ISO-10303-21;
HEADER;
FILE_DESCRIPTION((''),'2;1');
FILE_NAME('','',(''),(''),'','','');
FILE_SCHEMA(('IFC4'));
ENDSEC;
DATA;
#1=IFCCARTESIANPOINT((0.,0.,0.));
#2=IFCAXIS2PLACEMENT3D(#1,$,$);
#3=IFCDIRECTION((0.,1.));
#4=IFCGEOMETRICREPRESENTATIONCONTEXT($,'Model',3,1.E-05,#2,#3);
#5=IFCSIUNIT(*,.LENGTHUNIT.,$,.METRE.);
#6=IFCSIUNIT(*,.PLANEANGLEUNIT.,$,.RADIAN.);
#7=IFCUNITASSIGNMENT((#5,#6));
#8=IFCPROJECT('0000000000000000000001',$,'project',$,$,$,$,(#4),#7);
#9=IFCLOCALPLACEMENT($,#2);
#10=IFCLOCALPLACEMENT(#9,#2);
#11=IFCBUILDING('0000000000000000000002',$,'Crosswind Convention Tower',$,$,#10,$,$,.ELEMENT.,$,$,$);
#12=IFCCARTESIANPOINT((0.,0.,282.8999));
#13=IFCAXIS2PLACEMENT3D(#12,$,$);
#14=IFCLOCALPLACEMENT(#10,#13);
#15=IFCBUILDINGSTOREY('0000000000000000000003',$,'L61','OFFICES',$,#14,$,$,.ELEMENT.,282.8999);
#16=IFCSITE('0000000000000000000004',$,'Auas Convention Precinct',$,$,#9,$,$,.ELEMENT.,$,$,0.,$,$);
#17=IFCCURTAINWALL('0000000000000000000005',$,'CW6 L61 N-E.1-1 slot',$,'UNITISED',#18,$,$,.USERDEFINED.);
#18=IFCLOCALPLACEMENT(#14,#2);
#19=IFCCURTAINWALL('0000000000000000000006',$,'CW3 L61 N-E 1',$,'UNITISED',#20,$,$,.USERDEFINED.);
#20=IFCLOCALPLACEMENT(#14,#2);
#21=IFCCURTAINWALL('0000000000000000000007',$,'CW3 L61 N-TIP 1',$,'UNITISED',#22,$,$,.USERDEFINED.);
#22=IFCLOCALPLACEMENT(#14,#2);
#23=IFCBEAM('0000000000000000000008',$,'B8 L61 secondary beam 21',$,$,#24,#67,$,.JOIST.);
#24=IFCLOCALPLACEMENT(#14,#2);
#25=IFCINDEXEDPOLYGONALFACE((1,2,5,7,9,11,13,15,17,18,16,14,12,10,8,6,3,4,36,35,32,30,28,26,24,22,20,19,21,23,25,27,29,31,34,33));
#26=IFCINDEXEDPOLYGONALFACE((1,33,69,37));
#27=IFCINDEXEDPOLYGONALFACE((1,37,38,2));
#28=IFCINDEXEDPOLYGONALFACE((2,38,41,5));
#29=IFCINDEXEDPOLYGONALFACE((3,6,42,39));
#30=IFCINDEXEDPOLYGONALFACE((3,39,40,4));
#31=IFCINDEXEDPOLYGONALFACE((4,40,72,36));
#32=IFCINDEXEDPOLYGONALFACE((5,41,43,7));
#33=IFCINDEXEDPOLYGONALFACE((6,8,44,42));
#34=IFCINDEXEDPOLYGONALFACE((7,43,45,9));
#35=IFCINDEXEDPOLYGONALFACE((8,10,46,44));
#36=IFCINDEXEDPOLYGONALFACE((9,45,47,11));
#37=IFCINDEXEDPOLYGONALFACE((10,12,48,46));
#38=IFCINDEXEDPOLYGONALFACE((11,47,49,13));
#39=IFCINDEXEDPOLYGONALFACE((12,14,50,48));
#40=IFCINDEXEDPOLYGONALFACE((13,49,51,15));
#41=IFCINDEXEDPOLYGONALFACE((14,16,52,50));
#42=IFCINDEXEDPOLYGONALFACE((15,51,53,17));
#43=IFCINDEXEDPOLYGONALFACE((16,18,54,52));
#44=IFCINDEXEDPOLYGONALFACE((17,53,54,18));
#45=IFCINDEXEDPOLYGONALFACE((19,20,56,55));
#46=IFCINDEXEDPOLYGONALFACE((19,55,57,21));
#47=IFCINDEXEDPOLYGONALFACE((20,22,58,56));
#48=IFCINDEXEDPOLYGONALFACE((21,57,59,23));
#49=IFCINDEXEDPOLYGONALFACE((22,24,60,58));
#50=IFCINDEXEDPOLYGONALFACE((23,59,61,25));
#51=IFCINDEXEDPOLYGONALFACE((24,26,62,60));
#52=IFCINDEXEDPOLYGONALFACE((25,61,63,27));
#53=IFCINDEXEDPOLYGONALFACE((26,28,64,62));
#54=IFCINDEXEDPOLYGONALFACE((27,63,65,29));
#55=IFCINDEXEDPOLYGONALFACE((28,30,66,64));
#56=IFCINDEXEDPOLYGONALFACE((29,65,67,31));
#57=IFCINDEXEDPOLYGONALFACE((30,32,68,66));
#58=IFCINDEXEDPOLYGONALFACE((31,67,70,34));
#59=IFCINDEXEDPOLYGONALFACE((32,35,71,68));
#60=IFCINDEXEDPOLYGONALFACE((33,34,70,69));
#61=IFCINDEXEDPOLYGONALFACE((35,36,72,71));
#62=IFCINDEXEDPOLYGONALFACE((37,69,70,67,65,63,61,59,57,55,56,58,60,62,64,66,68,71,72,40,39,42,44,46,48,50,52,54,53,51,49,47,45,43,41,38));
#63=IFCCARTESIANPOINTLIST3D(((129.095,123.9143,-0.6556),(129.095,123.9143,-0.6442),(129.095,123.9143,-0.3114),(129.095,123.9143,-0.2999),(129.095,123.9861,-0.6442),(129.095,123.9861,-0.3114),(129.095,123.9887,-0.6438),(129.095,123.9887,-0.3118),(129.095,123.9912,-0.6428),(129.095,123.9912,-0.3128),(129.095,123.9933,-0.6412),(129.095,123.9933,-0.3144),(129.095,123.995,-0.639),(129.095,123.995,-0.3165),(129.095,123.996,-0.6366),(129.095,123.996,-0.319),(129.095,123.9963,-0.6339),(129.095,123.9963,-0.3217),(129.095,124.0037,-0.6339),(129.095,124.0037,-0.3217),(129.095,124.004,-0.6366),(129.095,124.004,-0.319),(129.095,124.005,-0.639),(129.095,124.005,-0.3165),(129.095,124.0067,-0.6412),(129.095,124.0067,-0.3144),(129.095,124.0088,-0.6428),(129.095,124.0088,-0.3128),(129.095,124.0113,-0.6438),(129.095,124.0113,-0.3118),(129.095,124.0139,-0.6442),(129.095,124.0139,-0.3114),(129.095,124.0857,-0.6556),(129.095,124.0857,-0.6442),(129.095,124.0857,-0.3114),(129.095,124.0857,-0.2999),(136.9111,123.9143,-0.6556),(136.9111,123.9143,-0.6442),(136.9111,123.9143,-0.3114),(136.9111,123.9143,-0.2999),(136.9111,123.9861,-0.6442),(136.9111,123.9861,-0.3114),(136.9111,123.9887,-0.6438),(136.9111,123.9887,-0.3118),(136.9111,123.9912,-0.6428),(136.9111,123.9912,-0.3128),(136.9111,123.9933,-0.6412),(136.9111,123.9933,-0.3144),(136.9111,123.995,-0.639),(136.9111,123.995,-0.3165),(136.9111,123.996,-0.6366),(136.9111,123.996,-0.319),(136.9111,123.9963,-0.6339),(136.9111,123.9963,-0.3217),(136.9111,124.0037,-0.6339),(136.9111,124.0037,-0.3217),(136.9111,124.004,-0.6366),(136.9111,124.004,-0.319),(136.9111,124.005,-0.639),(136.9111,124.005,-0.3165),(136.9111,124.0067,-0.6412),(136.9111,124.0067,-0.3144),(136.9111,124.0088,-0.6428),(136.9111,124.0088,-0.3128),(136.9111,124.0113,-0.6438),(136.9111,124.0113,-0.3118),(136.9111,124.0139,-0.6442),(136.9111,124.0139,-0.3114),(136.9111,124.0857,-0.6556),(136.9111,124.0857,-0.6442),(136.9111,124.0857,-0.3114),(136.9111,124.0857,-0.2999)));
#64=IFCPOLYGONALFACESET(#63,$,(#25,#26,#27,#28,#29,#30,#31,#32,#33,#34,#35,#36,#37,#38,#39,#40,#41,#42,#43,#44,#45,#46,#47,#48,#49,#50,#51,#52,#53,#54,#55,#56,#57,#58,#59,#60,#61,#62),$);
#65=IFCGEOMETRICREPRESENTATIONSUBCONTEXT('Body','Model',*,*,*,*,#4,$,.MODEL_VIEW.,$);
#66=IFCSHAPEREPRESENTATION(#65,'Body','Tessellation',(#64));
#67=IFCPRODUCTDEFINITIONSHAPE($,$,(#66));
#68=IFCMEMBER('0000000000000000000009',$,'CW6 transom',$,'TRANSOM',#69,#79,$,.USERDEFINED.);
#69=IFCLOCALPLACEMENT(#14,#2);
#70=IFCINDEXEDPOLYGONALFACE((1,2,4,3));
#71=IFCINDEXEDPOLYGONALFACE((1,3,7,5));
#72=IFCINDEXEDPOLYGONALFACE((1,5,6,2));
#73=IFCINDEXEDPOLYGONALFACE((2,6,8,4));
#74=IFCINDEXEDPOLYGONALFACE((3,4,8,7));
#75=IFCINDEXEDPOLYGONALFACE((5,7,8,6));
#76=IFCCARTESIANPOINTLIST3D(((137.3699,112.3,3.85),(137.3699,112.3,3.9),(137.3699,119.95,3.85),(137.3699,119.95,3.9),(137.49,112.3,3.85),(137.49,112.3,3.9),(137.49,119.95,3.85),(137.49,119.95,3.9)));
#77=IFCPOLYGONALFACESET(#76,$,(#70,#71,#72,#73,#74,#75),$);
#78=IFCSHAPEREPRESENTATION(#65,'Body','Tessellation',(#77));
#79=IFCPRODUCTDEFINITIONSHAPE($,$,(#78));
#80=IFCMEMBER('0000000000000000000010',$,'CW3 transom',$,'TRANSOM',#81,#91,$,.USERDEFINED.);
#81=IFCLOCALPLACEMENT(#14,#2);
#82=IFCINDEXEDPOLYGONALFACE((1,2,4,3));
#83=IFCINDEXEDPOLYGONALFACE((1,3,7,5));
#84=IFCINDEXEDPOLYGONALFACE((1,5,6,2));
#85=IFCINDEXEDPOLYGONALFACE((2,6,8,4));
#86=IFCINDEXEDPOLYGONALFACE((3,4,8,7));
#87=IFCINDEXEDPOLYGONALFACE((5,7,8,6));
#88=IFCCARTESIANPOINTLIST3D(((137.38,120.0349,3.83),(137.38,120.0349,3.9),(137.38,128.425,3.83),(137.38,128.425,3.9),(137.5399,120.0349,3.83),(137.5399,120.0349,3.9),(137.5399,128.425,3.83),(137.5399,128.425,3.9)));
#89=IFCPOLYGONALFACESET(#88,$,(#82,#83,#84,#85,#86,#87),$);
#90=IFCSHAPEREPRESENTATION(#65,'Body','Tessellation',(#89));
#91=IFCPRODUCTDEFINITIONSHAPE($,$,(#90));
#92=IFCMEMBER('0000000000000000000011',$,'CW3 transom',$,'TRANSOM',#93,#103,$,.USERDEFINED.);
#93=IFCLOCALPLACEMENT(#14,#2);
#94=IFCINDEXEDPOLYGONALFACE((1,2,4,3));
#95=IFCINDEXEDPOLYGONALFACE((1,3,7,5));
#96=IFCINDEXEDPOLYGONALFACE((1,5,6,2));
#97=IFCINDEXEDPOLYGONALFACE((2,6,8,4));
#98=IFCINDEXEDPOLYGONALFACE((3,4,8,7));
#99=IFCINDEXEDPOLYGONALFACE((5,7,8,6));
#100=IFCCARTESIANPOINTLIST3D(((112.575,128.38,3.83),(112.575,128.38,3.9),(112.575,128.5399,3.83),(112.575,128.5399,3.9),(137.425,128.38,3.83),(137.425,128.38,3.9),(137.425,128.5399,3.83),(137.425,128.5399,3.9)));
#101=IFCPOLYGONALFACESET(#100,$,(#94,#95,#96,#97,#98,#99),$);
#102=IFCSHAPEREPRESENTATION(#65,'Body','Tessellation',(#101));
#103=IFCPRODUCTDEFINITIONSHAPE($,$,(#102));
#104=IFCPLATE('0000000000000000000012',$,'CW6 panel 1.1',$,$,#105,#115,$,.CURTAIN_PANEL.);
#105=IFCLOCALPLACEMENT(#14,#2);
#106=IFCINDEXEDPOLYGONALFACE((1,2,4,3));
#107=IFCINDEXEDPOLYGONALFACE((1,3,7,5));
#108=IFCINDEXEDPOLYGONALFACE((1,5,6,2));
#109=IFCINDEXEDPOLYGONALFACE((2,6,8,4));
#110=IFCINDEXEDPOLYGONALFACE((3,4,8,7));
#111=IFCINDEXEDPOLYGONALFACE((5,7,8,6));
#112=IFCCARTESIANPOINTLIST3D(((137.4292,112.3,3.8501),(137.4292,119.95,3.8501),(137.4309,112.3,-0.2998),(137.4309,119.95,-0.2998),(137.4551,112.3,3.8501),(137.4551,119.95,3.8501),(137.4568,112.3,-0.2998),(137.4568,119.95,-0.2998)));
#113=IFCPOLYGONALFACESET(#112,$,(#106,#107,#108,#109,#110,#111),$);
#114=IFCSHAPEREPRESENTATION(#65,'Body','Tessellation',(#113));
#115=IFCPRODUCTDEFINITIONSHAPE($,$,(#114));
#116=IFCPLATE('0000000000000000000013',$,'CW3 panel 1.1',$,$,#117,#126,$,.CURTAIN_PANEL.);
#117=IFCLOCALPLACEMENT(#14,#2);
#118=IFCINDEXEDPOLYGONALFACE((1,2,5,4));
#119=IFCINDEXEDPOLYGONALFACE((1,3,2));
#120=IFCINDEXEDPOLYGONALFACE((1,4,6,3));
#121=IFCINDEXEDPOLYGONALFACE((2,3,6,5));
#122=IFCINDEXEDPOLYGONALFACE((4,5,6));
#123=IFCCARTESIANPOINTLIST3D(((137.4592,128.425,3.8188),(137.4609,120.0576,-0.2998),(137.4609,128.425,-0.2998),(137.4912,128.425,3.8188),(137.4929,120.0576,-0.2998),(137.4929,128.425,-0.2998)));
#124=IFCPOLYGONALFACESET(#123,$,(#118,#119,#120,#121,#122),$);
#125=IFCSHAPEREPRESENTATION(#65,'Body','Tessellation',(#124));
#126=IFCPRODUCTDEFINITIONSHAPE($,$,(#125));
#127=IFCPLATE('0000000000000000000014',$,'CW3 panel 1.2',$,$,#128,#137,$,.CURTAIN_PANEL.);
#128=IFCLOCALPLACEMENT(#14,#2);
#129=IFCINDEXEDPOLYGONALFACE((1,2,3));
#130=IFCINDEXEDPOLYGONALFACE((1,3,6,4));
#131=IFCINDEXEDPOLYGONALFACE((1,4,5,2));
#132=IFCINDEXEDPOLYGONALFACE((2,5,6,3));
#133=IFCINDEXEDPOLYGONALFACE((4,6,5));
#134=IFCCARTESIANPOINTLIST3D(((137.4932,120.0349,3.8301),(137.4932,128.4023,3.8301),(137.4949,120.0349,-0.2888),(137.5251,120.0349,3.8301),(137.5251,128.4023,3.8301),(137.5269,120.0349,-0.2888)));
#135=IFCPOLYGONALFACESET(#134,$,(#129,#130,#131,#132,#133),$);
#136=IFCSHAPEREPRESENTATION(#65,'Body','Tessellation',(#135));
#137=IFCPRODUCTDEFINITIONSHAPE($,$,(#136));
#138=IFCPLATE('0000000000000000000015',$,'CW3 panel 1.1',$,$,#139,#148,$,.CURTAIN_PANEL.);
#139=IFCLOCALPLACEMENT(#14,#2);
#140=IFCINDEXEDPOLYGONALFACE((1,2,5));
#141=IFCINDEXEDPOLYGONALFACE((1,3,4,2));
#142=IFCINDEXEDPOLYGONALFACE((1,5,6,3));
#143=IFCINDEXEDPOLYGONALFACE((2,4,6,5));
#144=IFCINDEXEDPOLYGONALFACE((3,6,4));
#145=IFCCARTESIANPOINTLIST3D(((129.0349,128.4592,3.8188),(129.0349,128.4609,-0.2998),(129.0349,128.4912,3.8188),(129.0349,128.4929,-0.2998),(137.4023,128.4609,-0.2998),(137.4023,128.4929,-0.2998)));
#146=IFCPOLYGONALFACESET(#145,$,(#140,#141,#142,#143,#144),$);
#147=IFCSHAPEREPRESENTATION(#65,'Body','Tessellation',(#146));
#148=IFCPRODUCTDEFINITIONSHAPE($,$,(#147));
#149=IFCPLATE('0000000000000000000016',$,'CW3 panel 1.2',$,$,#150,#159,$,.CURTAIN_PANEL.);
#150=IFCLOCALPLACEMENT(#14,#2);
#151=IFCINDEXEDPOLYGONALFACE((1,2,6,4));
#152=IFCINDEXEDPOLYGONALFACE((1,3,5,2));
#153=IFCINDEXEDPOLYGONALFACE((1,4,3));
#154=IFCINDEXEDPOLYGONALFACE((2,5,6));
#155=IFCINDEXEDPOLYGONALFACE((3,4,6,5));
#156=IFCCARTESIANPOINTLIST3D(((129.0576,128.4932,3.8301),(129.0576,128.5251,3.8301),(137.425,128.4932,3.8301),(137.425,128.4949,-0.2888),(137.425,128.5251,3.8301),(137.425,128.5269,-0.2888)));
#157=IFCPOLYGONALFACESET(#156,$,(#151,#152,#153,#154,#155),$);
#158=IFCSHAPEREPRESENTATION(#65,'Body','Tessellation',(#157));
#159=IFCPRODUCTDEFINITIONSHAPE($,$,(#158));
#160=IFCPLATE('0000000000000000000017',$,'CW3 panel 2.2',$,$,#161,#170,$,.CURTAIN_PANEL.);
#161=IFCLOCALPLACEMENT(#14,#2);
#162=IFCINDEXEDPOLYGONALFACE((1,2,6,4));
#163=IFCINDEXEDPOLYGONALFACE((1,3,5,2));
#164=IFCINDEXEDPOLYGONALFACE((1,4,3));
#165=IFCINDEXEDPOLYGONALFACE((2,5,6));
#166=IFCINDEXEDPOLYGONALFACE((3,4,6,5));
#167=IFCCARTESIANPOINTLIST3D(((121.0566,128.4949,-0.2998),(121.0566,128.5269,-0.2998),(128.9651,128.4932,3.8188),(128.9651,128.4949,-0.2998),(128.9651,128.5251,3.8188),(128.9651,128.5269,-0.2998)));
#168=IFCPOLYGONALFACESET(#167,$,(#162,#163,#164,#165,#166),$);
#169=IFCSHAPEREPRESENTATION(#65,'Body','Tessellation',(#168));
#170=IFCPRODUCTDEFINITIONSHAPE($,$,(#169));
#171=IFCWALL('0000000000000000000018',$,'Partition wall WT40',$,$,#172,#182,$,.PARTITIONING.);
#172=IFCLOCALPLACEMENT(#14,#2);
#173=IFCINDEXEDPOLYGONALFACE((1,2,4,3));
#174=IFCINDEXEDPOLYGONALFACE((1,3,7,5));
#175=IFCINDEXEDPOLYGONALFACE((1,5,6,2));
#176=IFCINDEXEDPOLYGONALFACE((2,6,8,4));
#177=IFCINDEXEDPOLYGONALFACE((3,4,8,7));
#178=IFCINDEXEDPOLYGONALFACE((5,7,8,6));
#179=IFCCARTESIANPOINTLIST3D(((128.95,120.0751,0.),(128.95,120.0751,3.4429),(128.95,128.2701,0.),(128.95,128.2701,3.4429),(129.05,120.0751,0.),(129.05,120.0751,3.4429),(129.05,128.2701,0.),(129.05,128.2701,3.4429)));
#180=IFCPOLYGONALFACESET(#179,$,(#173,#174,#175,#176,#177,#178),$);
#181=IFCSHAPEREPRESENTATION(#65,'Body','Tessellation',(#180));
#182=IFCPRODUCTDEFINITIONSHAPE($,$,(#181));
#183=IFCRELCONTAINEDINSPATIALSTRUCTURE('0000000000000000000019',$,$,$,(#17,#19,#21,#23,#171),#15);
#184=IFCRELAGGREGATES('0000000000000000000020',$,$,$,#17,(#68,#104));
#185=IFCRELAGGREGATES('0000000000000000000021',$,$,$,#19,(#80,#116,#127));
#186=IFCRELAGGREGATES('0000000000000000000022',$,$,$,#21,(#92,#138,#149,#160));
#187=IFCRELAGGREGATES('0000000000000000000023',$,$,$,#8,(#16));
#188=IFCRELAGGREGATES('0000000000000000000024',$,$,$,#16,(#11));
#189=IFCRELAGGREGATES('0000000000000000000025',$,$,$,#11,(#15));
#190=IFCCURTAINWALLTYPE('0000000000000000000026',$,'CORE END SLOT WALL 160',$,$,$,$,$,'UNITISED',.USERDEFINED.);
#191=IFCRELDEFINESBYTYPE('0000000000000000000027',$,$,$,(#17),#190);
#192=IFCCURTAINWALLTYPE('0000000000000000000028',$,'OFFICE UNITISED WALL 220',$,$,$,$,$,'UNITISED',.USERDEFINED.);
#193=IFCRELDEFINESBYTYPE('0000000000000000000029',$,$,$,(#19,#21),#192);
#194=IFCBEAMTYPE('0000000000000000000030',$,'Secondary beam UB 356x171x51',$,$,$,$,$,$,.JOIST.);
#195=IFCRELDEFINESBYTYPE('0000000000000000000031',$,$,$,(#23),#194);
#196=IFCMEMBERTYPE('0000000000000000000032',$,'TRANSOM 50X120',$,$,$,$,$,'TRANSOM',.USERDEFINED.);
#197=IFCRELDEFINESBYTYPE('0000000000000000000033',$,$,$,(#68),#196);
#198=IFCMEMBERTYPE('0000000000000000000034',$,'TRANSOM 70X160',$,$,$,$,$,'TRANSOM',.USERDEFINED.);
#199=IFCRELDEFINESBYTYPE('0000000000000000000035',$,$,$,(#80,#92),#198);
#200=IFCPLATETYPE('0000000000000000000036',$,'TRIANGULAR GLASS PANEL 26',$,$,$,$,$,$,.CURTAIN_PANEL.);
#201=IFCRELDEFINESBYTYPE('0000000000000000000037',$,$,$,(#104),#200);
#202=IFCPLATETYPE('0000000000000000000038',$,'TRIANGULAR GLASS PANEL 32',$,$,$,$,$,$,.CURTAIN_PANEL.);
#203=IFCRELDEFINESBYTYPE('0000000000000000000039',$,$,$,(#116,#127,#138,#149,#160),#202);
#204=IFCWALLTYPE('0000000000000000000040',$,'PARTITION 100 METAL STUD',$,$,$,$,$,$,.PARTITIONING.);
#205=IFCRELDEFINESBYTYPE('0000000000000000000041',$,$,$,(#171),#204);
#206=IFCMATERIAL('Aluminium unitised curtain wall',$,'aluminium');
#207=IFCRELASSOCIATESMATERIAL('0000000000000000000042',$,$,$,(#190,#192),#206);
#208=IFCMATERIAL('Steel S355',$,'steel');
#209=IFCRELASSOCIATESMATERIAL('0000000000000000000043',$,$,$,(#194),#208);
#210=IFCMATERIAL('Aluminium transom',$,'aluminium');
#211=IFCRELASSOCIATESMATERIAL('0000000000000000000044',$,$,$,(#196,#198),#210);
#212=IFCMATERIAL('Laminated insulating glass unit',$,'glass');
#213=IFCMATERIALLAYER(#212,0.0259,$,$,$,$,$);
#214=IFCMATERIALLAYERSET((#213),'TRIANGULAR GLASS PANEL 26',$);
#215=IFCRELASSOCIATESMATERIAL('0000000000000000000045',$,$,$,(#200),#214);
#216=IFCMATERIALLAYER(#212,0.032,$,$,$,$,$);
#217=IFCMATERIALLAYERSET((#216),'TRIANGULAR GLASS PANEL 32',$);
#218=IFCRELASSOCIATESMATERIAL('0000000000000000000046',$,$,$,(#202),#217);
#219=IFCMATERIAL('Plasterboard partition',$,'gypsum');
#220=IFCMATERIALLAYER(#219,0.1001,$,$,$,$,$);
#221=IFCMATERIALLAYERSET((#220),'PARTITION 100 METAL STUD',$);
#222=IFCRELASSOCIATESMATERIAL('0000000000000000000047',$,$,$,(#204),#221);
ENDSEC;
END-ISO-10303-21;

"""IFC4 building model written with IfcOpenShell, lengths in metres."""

from ifc_helpers import new_model, si_unit, direction, frame, frame_2d, origin, origin_2d, place, context, subcontext, project, spatial, polyline, rectangle, i_section, outline, extrude, material, layer, layer_set, material_profile, profile_set, type_object, element, aggregate, save


model = new_model("IFC4")

# Units and contexts
model_context = context("Model", 3, precision=1e-05, world=origin(), true_north=direction((0.0, 1.0)))
body_context = subcontext(model_context, "Body", "Model", "MODEL_VIEW")
ifc_project = project(units=[si_unit("LENGTHUNIT", "METRE"), si_unit("PLANEANGLEUNIT", "RADIAN")], contexts=[model_context])

# Site, building, storey
site_placement = place(None, origin())
site = spatial("IfcSite", under=ifc_project, at=site_placement, Name="Auas Convention Precinct", CompositionType="ELEMENT", RefElevation=0.0)
building_placement = place(site_placement, origin())
building = spatial("IfcBuilding", under=site, at=building_placement, Name="Crosswind Convention Tower", CompositionType="ELEMENT")
storey_placement = place(building_placement, frame((0.0, 0.0, 282.8999)))
storey = spatial("IfcBuildingStorey", under=building, at=storey_placement, Name="L61", Description="OFFICES", CompositionType="ELEMENT", Elevation=282.8999)

# Shared definitions
ifc_material_1 = material(Name="Steel S355", Category="steel")

# Curtain walls
ifc_material_2 = material(Name="Aluminium unitised curtain wall", Category="aluminium")
curtain_wall_type_1 = type_object("IfcCurtainWallType", Name="CORE END SLOT WALL 160", ElementType="UNITISED", PredefinedType="USERDEFINED", material=ifc_material_2)
curtain_wall_1_placement = place(storey_placement, origin())
curtain_wall_1 = element("IfcCurtainWall", 1, at=curtain_wall_1_placement, inside=storey, type_object=curtain_wall_type_1, Name="CW6 L61 N-E.1-1 slot", ObjectType="UNITISED", PredefinedType="USERDEFINED")
curtain_wall_type_2 = type_object("IfcCurtainWallType", Name="OFFICE UNITISED WALL 220", ElementType="UNITISED", PredefinedType="USERDEFINED", material=ifc_material_2)
curtain_wall_2_placement = place(storey_placement, origin())
curtain_wall_2 = element("IfcCurtainWall", 2, at=curtain_wall_2_placement, inside=storey, type_object=curtain_wall_type_2, Name="CW3 L61 N-E 1", ObjectType="UNITISED", PredefinedType="USERDEFINED")

# Curtain wall
curtain_wall_3_placement = place(storey_placement, origin())
curtain_wall_3 = element("IfcCurtainWall", 3, at=curtain_wall_3_placement, inside=storey, type_object=curtain_wall_type_2, Name="CW3 L61 N-TIP 1", ObjectType="UNITISED", PredefinedType="USERDEFINED")

# Beam
ifc_material_profile_1 = material_profile(ifc_material_1, i_section(OverallWidth=0.1714, OverallDepth=0.3557, WebThickness=0.0073, FlangeThickness=0.0115, FilletRadius=0.0103, at=origin_2d()), Name="UB 356x171x51")
ifc_profile_set_1 = profile_set([ifc_material_profile_1], Name="Steel S355")
beam_type_1 = type_object("IfcBeamType", Name="Secondary beam UB 356x171x51", PredefinedType="JOIST", material=ifc_profile_set_1)
for number, where, z_axis, x_axis, name in (
    (4, (129.095, 124.0, -0.4778), (1.0, 0.0, 0.0), (0.0, 1.0, 0.0), "B8 L61 secondary beam 21"),
):
    element("IfcBeam", number, at=place(storey_placement, frame(where, z_axis=z_axis, x_axis=x_axis)), inside=storey, type_object=beam_type_1, Name=name, PredefinedType="JOIST", context=body_context, shape_type="SweptSolid", body=[
        extrude(i_section(OverallWidth=0.1714, OverallDepth=0.3557, WebThickness=0.0073, FlangeThickness=0.0115, FilletRadius=0.0103, at=origin_2d()), origin(), (0.0, 0.0, 1.0), 7.8162),
    ])

# Members
ifc_material_3 = material(Name="Aluminium transom", Category="aluminium")
ifc_material_profile_2 = material_profile(ifc_material_3, rectangle(XDim=0.1201, YDim=0.05, at=origin_2d()), Name="AL 120X50")
ifc_profile_set_2 = profile_set([ifc_material_profile_2], Name="Aluminium transom")
member_type_1 = type_object("IfcMemberType", Name="TRANSOM 50X120", ElementType="TRANSOM", PredefinedType="USERDEFINED", material=ifc_profile_set_2)
member_1_placement = place(storey_placement, frame((137.4299, 112.3, 3.875), z_axis=(0.0, 1.0, 0.0), x_axis=(-1.0, 0.0, 0.0)))
member_1 = element("IfcMember", 5, at=member_1_placement, type_object=member_type_1, Name="CW6 transom", ObjectType="TRANSOM", PredefinedType="USERDEFINED", context=body_context, shape_type="SweptSolid", body=[
    extrude(rectangle(XDim=0.1201, YDim=0.05, at=origin_2d()), origin(), (0.0, 0.0, 1.0), 7.6499),
])
ifc_material_profile_3 = material_profile(ifc_material_3, rectangle(XDim=0.1599, YDim=0.0701, at=origin_2d()), Name="AL 160X70")
ifc_profile_set_3 = profile_set([ifc_material_profile_3], Name="Aluminium transom")
member_type_2 = type_object("IfcMemberType", Name="TRANSOM 70X160", ElementType="TRANSOM", PredefinedType="USERDEFINED", material=ifc_profile_set_3)
member_2_placement = place(storey_placement, frame((137.46, 120.0349, 3.865), z_axis=(0.0, 1.0, 0.0), x_axis=(-1.0, 0.0, 0.0)))
member_2 = element("IfcMember", 6, at=member_2_placement, type_object=member_type_2, Name="CW3 transom", ObjectType="TRANSOM", PredefinedType="USERDEFINED", context=body_context, shape_type="SweptSolid", body=[
    extrude(rectangle(XDim=0.1599, YDim=0.0701, at=origin_2d()), origin(), (0.0, 0.0, 1.0), 8.3901),
])
member_3_placement = place(storey_placement, frame((137.425, 128.46, 3.865), z_axis=(-1.0, 0.0, 0.0), x_axis=(0.0, -1.0, 0.0)))
member_3 = element("IfcMember", 7, at=member_3_placement, type_object=member_type_2, Name="CW3 transom", ObjectType="TRANSOM", PredefinedType="USERDEFINED", context=body_context, shape_type="SweptSolid", body=[
    extrude(rectangle(XDim=0.1599, YDim=0.0701, at=origin_2d()), origin(), (0.0, 0.0, 1.0), 24.8501),
])

# Plates
ifc_material_4 = material(Name="Laminated insulating glass unit", Category="glass")
ifc_layer_1 = layer(ifc_material_4, 0.0259)
ifc_layer_set_1 = layer_set([ifc_layer_1], Name="TRIANGULAR GLASS PANEL 26")
plate_type_1 = type_object("IfcPlateType", Name="TRIANGULAR GLASS PANEL 26", PredefinedType="CURTAIN_PANEL", material=ifc_layer_set_1)
plate_1_placement = place(storey_placement, frame((137.4568, 112.3, -0.2998), z_axis=(1.0, 0.0, 0.000412), x_axis=(0.0, 1.0, 0.0)))
plate_1 = element("IfcPlate", 8, at=plate_1_placement, type_object=plate_type_1, Name="CW6 panel 1.1", PredefinedType="CURTAIN_PANEL", context=body_context, shape_type="SweptSolid", body=[
    extrude(outline(polyline([(0.0, 0.0), (7.6499, 0.0), (7.6499, 4.1499), (0.0, 4.1499), (0.0, 0.0)])), origin(), (0.0, 0.0, -1.0), 0.0259),
])
aggregate(curtain_wall_1, [member_1, plate_1])
ifc_layer_2 = layer(ifc_material_4, 0.032)
ifc_layer_set_2 = layer_set([ifc_layer_2], Name="TRIANGULAR GLASS PANEL 32")
plate_type_2 = type_object("IfcPlateType", Name="TRIANGULAR GLASS PANEL 32", PredefinedType="CURTAIN_PANEL", material=ifc_layer_set_2)
plate_2_placement = place(storey_placement, frame((137.4929, 128.425, -0.2998), z_axis=(1.0, 0.0, 0.000415), x_axis=(-0.000415, 0.0, 1.0)))
plate_2 = element("IfcPlate", 9, at=plate_2_placement, type_object=plate_type_2, Name="CW3 panel 1.1", PredefinedType="CURTAIN_PANEL", context=body_context, shape_type="SweptSolid", body=[
    extrude(outline(polyline([(0.0, 0.0), (4.1187, 0.0), (0.0, 8.3674), (0.0, 0.0)])), origin(), (0.0, 0.0, -1.0), 0.032),
])
plate_3_placement = place(storey_placement, frame((137.5251, 120.0349, 3.8301), z_axis=(1.0, 0.0, 0.000415), x_axis=(0.000415, 0.0, -1.0)))
plate_3 = element("IfcPlate", 10, at=plate_3_placement, type_object=plate_type_2, Name="CW3 panel 1.2", PredefinedType="CURTAIN_PANEL", context=body_context, shape_type="SweptSolid", body=[
    extrude(outline(polyline([(0.0, 0.0), (4.1189, 0.0), (0.0, 8.3674), (0.0, 0.0)])), origin(), (0.0, 0.0, -1.0), 0.032),
])
plate_4_placement = place(storey_placement, frame((129.0349, 128.4929, -0.2998), z_axis=(0.0, 1.0, 0.000415), x_axis=(0.0, -0.000415, 1.0)))
plate_4 = element("IfcPlate", 11, at=plate_4_placement, type_object=plate_type_2, Name="CW3 panel 1.1", PredefinedType="CURTAIN_PANEL", context=body_context, shape_type="SweptSolid", body=[
    extrude(outline(polyline([(0.0, 0.0), (4.1187, 0.0), (0.0, 8.3674), (0.0, 0.0)])), origin(), (0.0, 0.0, -1.0), 0.032),
])
plate_5_placement = place(storey_placement, frame((137.425, 128.5251, 3.8301), z_axis=(0.0, 1.0, 0.000415), x_axis=(0.0, 0.000415, -1.0)))
plate_5 = element("IfcPlate", 12, at=plate_5_placement, type_object=plate_type_2, Name="CW3 panel 1.2", PredefinedType="CURTAIN_PANEL", context=body_context, shape_type="SweptSolid", body=[
    extrude(outline(polyline([(0.0, 0.0), (4.1189, 0.0), (0.0, 8.3674), (0.0, 0.0)])), origin(), (0.0, 0.0, -1.0), 0.032),
])
plate_6_placement = place(storey_placement, frame((128.9651, 128.5269, -0.2998), z_axis=(0.0, 1.0, 0.000415), x_axis=(-1.0, 0.0, 0.0)))
plate_6 = element("IfcPlate", 13, at=plate_6_placement, type_object=plate_type_2, Name="CW3 panel 2.2", PredefinedType="CURTAIN_PANEL", context=body_context, shape_type="SweptSolid", body=[
    extrude(outline(polyline([(0.0, 0.0), (7.9084, 0.0), (0.0, 4.1187), (0.0, 0.0)])), origin(), (0.0, 0.0, -1.0), 0.032),
])

# Wall
ifc_material_5 = material(Name="Plasterboard partition", Category="gypsum")
ifc_layer_3 = layer(ifc_material_5, 0.1001)
ifc_layer_set_3 = layer_set([ifc_layer_3], Name="PARTITION 100 METAL STUD")
wall_type_1 = type_object("IfcWallType", Name="PARTITION 100 METAL STUD", PredefinedType="PARTITIONING", material=ifc_layer_set_3)
wall_1_placement = place(storey_placement, frame((129.0, 120.075, 0.0), z_axis=(0.0, 0.0, 1.0), x_axis=(0.0, 1.0, 0.0)))
element("IfcWall", 14, at=wall_1_placement, inside=storey, type_object=wall_type_1, Name="Partition wall WT40", PredefinedType="PARTITIONING", context=body_context, shape_type="SweptSolid", body=[
    extrude(rectangle(XDim=8.1951, YDim=0.1001, at=frame_2d((4.0977, 0.0))), origin(), (0.0, 0.0, 1.0), 3.4429),
])

aggregate(curtain_wall_2, [member_2, plate_2, plate_3])
aggregate(curtain_wall_3, [member_3, plate_4, plate_5, plate_6])

save(model, "model.ifc")
